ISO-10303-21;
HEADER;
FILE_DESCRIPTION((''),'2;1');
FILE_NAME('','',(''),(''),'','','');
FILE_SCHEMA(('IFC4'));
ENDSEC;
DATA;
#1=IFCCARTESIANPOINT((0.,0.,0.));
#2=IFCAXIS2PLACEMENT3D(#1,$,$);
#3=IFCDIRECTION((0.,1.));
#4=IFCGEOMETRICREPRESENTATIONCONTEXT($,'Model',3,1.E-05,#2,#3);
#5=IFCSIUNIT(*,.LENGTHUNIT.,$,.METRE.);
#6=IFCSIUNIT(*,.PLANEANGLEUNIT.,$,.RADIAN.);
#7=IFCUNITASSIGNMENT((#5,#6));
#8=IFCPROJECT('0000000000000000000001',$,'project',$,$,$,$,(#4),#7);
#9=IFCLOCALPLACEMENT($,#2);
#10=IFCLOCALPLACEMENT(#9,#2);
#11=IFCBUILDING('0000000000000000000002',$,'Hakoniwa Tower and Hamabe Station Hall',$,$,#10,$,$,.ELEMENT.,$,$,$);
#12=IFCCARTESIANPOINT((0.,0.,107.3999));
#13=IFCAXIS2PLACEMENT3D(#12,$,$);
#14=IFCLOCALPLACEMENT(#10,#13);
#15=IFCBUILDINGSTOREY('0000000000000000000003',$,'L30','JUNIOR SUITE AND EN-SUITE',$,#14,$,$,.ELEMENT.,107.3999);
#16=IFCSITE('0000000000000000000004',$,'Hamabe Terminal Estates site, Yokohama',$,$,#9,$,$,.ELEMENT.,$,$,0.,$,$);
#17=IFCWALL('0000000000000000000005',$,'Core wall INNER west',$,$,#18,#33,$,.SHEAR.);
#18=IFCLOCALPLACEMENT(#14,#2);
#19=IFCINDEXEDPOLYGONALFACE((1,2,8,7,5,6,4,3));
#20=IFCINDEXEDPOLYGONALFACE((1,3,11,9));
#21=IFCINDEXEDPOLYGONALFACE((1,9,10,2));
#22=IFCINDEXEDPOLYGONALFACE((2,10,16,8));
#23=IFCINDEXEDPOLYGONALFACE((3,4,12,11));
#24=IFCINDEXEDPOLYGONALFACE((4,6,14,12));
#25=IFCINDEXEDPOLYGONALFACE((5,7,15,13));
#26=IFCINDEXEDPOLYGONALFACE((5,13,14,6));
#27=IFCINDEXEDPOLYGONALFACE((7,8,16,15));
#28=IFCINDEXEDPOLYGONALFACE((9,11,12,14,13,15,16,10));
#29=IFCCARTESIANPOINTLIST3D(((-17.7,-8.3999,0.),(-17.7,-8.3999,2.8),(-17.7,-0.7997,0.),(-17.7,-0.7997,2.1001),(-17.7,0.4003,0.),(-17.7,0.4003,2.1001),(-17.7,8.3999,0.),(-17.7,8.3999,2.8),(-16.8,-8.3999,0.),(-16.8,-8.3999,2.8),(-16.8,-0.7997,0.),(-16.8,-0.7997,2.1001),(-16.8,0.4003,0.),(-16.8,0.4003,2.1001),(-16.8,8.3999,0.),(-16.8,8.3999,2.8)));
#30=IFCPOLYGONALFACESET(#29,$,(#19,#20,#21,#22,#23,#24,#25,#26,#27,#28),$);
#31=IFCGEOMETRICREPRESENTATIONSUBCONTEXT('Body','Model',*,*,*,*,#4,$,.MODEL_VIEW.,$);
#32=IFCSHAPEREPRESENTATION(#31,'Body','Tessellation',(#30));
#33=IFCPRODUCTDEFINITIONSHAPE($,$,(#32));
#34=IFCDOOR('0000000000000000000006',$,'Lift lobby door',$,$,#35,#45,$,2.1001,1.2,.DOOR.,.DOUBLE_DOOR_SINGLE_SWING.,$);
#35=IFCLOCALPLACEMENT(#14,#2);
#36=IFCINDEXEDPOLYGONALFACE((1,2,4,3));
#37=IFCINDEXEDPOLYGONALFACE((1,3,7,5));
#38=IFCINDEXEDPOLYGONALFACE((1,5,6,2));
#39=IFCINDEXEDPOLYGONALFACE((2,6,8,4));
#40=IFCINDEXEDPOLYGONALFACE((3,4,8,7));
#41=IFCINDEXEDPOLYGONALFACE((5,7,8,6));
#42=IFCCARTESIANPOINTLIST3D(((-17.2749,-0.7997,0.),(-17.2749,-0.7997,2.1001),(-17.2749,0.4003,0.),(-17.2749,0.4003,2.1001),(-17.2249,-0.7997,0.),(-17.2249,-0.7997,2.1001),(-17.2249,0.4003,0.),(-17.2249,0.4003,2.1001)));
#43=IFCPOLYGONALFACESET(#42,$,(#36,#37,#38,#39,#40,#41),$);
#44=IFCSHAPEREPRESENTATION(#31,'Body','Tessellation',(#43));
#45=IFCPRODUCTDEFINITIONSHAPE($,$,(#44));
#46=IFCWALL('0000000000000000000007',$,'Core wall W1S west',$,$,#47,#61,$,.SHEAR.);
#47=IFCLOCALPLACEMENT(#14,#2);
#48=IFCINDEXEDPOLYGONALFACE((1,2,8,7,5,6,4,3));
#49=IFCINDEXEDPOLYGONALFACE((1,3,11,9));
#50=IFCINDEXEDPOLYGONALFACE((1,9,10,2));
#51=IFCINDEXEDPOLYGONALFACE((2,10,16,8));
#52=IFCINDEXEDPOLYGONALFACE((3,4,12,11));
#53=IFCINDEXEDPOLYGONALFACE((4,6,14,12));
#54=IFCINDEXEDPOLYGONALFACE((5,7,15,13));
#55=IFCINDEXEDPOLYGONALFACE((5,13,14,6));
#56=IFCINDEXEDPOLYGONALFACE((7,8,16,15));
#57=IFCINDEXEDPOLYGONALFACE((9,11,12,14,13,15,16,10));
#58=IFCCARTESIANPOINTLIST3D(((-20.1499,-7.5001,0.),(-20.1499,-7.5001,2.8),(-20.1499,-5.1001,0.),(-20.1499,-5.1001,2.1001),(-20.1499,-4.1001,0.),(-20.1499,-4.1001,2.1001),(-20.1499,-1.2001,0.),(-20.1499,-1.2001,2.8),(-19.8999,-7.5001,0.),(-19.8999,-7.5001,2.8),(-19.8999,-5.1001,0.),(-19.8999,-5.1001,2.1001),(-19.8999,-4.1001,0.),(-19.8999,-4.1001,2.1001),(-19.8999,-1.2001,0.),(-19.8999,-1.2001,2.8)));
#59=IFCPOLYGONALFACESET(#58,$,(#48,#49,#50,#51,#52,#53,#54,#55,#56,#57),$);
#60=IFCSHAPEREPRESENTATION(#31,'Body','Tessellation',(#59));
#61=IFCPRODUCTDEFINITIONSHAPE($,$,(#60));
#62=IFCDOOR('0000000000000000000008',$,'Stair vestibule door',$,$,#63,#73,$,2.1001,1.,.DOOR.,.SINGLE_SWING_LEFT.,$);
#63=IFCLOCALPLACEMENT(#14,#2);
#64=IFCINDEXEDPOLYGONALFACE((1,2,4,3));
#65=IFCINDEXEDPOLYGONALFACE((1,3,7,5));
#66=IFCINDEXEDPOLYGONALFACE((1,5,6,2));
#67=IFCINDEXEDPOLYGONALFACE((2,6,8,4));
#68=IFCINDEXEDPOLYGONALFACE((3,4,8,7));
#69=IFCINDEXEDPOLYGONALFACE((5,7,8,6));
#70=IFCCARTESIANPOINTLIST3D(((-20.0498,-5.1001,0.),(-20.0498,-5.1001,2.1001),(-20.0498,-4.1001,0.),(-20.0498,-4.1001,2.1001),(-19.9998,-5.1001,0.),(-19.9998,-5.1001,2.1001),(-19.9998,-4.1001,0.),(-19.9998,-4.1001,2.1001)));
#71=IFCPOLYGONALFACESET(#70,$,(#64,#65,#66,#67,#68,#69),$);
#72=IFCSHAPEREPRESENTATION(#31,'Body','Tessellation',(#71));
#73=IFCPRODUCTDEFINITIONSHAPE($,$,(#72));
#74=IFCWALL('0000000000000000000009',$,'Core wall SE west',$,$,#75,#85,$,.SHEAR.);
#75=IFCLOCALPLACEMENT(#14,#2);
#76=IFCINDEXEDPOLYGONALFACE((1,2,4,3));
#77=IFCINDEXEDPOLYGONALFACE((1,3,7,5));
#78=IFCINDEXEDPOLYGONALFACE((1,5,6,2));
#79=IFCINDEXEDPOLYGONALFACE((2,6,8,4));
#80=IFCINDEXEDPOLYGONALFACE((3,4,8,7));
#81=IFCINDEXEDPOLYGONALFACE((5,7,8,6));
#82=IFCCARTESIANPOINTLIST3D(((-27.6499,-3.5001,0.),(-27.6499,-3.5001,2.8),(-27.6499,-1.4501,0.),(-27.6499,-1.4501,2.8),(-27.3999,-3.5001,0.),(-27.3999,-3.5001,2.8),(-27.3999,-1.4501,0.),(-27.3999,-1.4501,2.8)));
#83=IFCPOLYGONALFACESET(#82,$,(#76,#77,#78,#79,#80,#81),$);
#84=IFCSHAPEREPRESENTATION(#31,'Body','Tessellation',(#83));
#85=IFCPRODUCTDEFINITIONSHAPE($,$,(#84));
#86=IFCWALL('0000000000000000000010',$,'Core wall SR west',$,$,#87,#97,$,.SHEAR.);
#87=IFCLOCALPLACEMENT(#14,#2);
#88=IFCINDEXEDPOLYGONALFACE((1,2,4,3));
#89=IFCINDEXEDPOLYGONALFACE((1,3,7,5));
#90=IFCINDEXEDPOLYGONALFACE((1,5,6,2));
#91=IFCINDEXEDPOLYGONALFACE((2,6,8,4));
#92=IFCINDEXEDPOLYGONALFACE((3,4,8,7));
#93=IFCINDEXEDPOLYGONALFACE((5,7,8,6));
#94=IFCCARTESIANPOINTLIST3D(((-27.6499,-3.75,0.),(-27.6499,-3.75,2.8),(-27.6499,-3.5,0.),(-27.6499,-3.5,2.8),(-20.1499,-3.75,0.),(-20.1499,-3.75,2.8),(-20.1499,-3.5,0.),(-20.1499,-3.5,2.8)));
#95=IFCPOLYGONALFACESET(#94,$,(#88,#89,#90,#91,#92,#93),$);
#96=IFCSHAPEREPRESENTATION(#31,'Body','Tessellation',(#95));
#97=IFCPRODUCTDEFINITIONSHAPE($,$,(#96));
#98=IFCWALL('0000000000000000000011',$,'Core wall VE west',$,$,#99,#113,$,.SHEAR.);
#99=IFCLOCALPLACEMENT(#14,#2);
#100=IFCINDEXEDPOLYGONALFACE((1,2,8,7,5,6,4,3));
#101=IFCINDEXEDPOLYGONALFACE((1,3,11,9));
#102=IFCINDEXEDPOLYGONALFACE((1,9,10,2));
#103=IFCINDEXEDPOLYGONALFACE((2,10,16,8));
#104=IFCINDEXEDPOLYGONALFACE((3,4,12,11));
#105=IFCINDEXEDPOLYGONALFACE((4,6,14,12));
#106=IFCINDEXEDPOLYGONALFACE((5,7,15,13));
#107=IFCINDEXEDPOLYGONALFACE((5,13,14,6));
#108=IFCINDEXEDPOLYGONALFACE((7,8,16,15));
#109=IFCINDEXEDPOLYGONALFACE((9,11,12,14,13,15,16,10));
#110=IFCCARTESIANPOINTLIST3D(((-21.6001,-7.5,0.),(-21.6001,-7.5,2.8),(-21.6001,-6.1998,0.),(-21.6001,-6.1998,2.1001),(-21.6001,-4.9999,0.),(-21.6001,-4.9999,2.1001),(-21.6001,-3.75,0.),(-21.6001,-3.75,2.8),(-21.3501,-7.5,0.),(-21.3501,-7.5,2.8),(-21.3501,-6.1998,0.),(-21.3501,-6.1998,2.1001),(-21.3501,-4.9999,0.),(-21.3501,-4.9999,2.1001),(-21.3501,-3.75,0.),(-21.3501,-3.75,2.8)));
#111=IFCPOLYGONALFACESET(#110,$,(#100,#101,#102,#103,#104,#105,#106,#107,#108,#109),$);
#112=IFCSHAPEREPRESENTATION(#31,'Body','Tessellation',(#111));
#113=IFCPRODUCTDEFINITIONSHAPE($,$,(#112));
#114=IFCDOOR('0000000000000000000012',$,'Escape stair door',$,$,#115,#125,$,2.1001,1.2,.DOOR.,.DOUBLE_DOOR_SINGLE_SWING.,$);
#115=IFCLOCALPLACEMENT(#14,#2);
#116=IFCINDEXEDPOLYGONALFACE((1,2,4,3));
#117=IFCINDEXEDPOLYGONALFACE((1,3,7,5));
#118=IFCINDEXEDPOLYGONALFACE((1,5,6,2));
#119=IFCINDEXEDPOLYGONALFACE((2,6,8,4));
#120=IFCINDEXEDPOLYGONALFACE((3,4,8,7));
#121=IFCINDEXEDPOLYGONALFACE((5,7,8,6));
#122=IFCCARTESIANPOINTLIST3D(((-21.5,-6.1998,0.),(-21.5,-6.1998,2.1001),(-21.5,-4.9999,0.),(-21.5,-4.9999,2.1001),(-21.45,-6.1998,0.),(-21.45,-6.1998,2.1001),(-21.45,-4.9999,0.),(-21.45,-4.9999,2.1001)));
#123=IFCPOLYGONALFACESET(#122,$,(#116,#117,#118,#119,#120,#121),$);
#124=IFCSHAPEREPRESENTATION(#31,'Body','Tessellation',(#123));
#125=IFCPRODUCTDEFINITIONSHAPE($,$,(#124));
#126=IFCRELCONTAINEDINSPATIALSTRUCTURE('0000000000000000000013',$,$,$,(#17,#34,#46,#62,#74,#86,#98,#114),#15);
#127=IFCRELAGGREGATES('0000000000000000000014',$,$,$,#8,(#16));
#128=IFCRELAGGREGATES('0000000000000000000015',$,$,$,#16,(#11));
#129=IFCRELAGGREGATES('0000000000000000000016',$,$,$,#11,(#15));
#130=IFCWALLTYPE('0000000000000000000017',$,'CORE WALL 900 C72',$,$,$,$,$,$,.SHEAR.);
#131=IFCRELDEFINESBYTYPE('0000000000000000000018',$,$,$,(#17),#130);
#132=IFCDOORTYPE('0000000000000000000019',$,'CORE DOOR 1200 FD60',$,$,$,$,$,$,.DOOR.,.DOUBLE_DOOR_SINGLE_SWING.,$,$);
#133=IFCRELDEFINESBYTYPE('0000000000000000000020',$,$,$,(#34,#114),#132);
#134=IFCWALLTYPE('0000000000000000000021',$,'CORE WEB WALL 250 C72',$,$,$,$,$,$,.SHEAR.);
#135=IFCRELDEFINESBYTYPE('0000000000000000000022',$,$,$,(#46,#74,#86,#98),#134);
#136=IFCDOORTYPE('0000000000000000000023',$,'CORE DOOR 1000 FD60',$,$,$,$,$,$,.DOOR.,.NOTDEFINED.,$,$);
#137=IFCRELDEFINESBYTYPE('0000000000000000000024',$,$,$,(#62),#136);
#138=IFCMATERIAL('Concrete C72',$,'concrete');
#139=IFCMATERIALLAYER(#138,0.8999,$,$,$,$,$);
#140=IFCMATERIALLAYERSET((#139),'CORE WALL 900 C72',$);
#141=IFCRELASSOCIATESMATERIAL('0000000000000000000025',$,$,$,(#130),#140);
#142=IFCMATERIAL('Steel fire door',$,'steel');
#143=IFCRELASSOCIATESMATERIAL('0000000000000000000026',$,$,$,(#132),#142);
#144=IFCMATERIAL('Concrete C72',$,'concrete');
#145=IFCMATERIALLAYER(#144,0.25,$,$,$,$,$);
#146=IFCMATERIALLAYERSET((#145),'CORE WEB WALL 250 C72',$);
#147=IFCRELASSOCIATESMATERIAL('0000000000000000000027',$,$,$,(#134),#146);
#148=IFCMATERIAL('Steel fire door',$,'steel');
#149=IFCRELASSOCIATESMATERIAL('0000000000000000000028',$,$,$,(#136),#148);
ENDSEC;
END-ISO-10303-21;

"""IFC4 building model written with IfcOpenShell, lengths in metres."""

from ifc_helpers import new_model, si_unit, direction, frame, frame_2d, origin, place, context, subcontext, project, spatial, rectangle, extrude, material, layer, layer_set, type_object, element, fill, save


model = new_model("IFC4")

# Units and contexts
model_context = context("Model", 3, precision=1e-05, world=origin(), true_north=direction((0.0, 1.0)))
body_context = subcontext(model_context, "Body", "Model", "MODEL_VIEW")
ifc_project = project(units=[si_unit("LENGTHUNIT", "METRE"), si_unit("PLANEANGLEUNIT", "RADIAN")], contexts=[model_context])

# Site, building, storey
site_placement = place(None, origin())
site = spatial("IfcSite", under=ifc_project, at=site_placement, Name="Hamabe Terminal Estates site, Yokohama", CompositionType="ELEMENT", RefElevation=0.0)
building_placement = place(site_placement, origin())
building = spatial("IfcBuilding", under=site, at=building_placement, Name="Hakoniwa Tower and Hamabe Station Hall", CompositionType="ELEMENT")
storey_placement = place(building_placement, frame((0.0, 0.0, 107.3999)))
storey = spatial("IfcBuildingStorey", under=building, at=storey_placement, Name="L30", Description="JUNIOR SUITE AND EN-SUITE", CompositionType="ELEMENT", Elevation=107.3999)

# Walls, openings, doors
ifc_material_1 = material(Name="Concrete C72", Category="concrete")
ifc_layer_1 = layer(ifc_material_1, 0.8999)
ifc_layer_set_1 = layer_set([ifc_layer_1], Name="CORE WALL 900 C72")
wall_type_1 = type_object("IfcWallType", Name="CORE WALL 900 C72", PredefinedType="SHEAR", material=ifc_layer_set_1)
wall_1_placement = place(storey_placement, frame((-17.25, -8.3999, 0.0), z_axis=(0.0, 0.0, 1.0), x_axis=(0.0, 1.0, 0.0)))
wall_1 = element("IfcWall", 1, at=wall_1_placement, inside=storey, type_object=wall_type_1, Name="Core wall INNER west", PredefinedType="SHEAR", context=body_context, shape_type="SweptSolid", body=[
    extrude(rectangle(XDim=16.7998, YDim=0.8999, at=frame_2d((8.3999, 0.0))), origin(), (0.0, 0.0, 1.0), 2.8),
])
opening_1_placement = place(wall_1_placement, frame((7.6001, 0.0, 0.0)))
opening_1 = element("IfcOpeningElement", 2, at=opening_1_placement, cuts=wall_1, PredefinedType="OPENING", context=body_context, shape_type="SweptSolid", body=[
    extrude(rectangle(XDim=1.2, YDim=2.1001, at=frame_2d((0.6001, 1.05))), frame((0.0, 0.46, 0.0), z_axis=(0.0, -1.0, 0.0), x_axis=(1.0, 0.0, 0.0)), (0.0, 0.0, 1.0), 0.9199),
])
ifc_material_2 = material(Name="Steel fire door", Category="steel")
door_type_1 = type_object("IfcDoorType", Name="CORE DOOR 1200 FD60", OperationType="DOUBLE_DOOR_SINGLE_SWING", PredefinedType="DOOR", material=ifc_material_2)
door_1_placement = place(opening_1_placement, origin())
door_1 = element("IfcDoor", 3, at=door_1_placement, inside=storey, type_object=door_type_1, Name="Lift lobby door", OperationType="DOUBLE_DOOR_SINGLE_SWING", OverallHeight=2.1001, OverallWidth=1.2, PredefinedType="DOOR", context=body_context, shape_type="SweptSolid", body=[
    extrude(rectangle(XDim=1.2, YDim=2.1001, at=frame_2d((0.6001, 1.05))), frame((0.0, 0.0249, 0.0), z_axis=(0.0, -1.0, 0.0), x_axis=(1.0, 0.0, 0.0)), (0.0, 0.0, 1.0), 0.05),
])
fill(opening_1, door_1)
ifc_material_3 = material(Name="Concrete C72", Category="concrete")
ifc_layer_2 = layer(ifc_material_3, 0.25)
ifc_layer_set_2 = layer_set([ifc_layer_2], Name="CORE WEB WALL 250 C72")
wall_type_2 = type_object("IfcWallType", Name="CORE WEB WALL 250 C72", PredefinedType="SHEAR", material=ifc_layer_set_2)
wall_2_placement = place(storey_placement, frame((-20.0249, -7.5, 0.0), z_axis=(0.0, 0.0, 1.0), x_axis=(0.0, 1.0, 0.0)))
wall_2 = element("IfcWall", 4, at=wall_2_placement, inside=storey, type_object=wall_type_2, Name="Core wall W1S west", PredefinedType="SHEAR", context=body_context, shape_type="SweptSolid", body=[
    extrude(rectangle(XDim=6.3, YDim=0.25, at=frame_2d((3.1499, 0.0))), origin(), (0.0, 0.0, 1.0), 2.8),
])
opening_2_placement = place(wall_2_placement, frame((2.3999, 0.0, 0.0)))
opening_2 = element("IfcOpeningElement", 5, at=opening_2_placement, cuts=wall_2, PredefinedType="OPENING", context=body_context, shape_type="SweptSolid", body=[
    extrude(rectangle(XDim=1.0, YDim=2.1001, at=frame_2d((0.5, 1.05))), frame((0.0, 0.135, 0.0), z_axis=(0.0, -1.0, 0.0), x_axis=(1.0, 0.0, 0.0)), (0.0, 0.0, 1.0), 0.27),
])
ifc_material_4 = material(Name="Steel fire door", Category="steel")
door_type_2 = type_object("IfcDoorType", Name="CORE DOOR 1000 FD60", OperationType="NOTDEFINED", PredefinedType="DOOR", material=ifc_material_4)
door_2_placement = place(opening_2_placement, origin())
door_2 = element("IfcDoor", 6, at=door_2_placement, inside=storey, type_object=door_type_2, Name="Stair vestibule door", OperationType="SINGLE_SWING_LEFT", OverallHeight=2.1001, OverallWidth=1.0, PredefinedType="DOOR", context=body_context, shape_type="SweptSolid", body=[
    extrude(rectangle(XDim=1.0, YDim=2.1001, at=frame_2d((0.5, 1.05))), frame((0.0, 0.0249, 0.0), z_axis=(0.0, -1.0, 0.0), x_axis=(1.0, 0.0, 0.0)), (0.0, 0.0, 1.0), 0.05),
])
fill(opening_2, door_2)

# Walls
wall_3_placement = place(storey_placement, frame((-27.5249, -3.5, 0.0), z_axis=(0.0, 0.0, 1.0), x_axis=(0.0, 1.0, 0.0)))
element("IfcWall", 7, at=wall_3_placement, inside=storey, type_object=wall_type_2, Name="Core wall SE west", PredefinedType="SHEAR", context=body_context, shape_type="SweptSolid", body=[
    extrude(rectangle(XDim=2.05, YDim=0.25, at=frame_2d((1.0249, 0.0))), origin(), (0.0, 0.0, 1.0), 2.8),
])
wall_4_placement = place(storey_placement, frame((-27.6499, -3.625, 0.0), z_axis=(0.0, 0.0, 1.0), x_axis=(1.0, 0.0, 0.0)))
element("IfcWall", 8, at=wall_4_placement, inside=storey, type_object=wall_type_2, Name="Core wall SR west", PredefinedType="SHEAR", context=body_context, shape_type="SweptSolid", body=[
    extrude(rectangle(XDim=7.5, YDim=0.25, at=frame_2d((3.75, 0.0))), origin(), (0.0, 0.0, 1.0), 2.8),
])

# Wall, opening, door
wall_5_placement = place(storey_placement, frame((-21.4751, -7.5, 0.0), z_axis=(0.0, 0.0, 1.0), x_axis=(0.0, 1.0, 0.0)))
wall_5 = element("IfcWall", 9, at=wall_5_placement, inside=storey, type_object=wall_type_2, Name="Core wall VE west", PredefinedType="SHEAR", context=body_context, shape_type="SweptSolid", body=[
    extrude(rectangle(XDim=3.75, YDim=0.25, at=frame_2d((1.875, 0.0))), origin(), (0.0, 0.0, 1.0), 2.8),
])
opening_3_placement = place(wall_5_placement, frame((1.3, 0.0, 0.0)))
opening_3 = element("IfcOpeningElement", 10, at=opening_3_placement, cuts=wall_5, PredefinedType="OPENING", context=body_context, shape_type="SweptSolid", body=[
    extrude(rectangle(XDim=1.2, YDim=2.1001, at=frame_2d((0.6001, 1.05))), frame((0.0, 0.135, 0.0), z_axis=(0.0, -1.0, 0.0), x_axis=(1.0, 0.0, 0.0)), (0.0, 0.0, 1.0), 0.27),
])
door_3_placement = place(opening_3_placement, origin())
door_3 = element("IfcDoor", 11, at=door_3_placement, inside=storey, type_object=door_type_1, Name="Escape stair door", OperationType="DOUBLE_DOOR_SINGLE_SWING", OverallHeight=2.1001, OverallWidth=1.2, PredefinedType="DOOR", context=body_context, shape_type="SweptSolid", body=[
    extrude(rectangle(XDim=1.2, YDim=2.1001, at=frame_2d((0.6001, 1.05))), frame((0.0, 0.0249, 0.0), z_axis=(0.0, -1.0, 0.0), x_axis=(1.0, 0.0, 0.0)), (0.0, 0.0, 1.0), 0.05),
])
fill(opening_3, door_3)

save(model, "model.ifc")
